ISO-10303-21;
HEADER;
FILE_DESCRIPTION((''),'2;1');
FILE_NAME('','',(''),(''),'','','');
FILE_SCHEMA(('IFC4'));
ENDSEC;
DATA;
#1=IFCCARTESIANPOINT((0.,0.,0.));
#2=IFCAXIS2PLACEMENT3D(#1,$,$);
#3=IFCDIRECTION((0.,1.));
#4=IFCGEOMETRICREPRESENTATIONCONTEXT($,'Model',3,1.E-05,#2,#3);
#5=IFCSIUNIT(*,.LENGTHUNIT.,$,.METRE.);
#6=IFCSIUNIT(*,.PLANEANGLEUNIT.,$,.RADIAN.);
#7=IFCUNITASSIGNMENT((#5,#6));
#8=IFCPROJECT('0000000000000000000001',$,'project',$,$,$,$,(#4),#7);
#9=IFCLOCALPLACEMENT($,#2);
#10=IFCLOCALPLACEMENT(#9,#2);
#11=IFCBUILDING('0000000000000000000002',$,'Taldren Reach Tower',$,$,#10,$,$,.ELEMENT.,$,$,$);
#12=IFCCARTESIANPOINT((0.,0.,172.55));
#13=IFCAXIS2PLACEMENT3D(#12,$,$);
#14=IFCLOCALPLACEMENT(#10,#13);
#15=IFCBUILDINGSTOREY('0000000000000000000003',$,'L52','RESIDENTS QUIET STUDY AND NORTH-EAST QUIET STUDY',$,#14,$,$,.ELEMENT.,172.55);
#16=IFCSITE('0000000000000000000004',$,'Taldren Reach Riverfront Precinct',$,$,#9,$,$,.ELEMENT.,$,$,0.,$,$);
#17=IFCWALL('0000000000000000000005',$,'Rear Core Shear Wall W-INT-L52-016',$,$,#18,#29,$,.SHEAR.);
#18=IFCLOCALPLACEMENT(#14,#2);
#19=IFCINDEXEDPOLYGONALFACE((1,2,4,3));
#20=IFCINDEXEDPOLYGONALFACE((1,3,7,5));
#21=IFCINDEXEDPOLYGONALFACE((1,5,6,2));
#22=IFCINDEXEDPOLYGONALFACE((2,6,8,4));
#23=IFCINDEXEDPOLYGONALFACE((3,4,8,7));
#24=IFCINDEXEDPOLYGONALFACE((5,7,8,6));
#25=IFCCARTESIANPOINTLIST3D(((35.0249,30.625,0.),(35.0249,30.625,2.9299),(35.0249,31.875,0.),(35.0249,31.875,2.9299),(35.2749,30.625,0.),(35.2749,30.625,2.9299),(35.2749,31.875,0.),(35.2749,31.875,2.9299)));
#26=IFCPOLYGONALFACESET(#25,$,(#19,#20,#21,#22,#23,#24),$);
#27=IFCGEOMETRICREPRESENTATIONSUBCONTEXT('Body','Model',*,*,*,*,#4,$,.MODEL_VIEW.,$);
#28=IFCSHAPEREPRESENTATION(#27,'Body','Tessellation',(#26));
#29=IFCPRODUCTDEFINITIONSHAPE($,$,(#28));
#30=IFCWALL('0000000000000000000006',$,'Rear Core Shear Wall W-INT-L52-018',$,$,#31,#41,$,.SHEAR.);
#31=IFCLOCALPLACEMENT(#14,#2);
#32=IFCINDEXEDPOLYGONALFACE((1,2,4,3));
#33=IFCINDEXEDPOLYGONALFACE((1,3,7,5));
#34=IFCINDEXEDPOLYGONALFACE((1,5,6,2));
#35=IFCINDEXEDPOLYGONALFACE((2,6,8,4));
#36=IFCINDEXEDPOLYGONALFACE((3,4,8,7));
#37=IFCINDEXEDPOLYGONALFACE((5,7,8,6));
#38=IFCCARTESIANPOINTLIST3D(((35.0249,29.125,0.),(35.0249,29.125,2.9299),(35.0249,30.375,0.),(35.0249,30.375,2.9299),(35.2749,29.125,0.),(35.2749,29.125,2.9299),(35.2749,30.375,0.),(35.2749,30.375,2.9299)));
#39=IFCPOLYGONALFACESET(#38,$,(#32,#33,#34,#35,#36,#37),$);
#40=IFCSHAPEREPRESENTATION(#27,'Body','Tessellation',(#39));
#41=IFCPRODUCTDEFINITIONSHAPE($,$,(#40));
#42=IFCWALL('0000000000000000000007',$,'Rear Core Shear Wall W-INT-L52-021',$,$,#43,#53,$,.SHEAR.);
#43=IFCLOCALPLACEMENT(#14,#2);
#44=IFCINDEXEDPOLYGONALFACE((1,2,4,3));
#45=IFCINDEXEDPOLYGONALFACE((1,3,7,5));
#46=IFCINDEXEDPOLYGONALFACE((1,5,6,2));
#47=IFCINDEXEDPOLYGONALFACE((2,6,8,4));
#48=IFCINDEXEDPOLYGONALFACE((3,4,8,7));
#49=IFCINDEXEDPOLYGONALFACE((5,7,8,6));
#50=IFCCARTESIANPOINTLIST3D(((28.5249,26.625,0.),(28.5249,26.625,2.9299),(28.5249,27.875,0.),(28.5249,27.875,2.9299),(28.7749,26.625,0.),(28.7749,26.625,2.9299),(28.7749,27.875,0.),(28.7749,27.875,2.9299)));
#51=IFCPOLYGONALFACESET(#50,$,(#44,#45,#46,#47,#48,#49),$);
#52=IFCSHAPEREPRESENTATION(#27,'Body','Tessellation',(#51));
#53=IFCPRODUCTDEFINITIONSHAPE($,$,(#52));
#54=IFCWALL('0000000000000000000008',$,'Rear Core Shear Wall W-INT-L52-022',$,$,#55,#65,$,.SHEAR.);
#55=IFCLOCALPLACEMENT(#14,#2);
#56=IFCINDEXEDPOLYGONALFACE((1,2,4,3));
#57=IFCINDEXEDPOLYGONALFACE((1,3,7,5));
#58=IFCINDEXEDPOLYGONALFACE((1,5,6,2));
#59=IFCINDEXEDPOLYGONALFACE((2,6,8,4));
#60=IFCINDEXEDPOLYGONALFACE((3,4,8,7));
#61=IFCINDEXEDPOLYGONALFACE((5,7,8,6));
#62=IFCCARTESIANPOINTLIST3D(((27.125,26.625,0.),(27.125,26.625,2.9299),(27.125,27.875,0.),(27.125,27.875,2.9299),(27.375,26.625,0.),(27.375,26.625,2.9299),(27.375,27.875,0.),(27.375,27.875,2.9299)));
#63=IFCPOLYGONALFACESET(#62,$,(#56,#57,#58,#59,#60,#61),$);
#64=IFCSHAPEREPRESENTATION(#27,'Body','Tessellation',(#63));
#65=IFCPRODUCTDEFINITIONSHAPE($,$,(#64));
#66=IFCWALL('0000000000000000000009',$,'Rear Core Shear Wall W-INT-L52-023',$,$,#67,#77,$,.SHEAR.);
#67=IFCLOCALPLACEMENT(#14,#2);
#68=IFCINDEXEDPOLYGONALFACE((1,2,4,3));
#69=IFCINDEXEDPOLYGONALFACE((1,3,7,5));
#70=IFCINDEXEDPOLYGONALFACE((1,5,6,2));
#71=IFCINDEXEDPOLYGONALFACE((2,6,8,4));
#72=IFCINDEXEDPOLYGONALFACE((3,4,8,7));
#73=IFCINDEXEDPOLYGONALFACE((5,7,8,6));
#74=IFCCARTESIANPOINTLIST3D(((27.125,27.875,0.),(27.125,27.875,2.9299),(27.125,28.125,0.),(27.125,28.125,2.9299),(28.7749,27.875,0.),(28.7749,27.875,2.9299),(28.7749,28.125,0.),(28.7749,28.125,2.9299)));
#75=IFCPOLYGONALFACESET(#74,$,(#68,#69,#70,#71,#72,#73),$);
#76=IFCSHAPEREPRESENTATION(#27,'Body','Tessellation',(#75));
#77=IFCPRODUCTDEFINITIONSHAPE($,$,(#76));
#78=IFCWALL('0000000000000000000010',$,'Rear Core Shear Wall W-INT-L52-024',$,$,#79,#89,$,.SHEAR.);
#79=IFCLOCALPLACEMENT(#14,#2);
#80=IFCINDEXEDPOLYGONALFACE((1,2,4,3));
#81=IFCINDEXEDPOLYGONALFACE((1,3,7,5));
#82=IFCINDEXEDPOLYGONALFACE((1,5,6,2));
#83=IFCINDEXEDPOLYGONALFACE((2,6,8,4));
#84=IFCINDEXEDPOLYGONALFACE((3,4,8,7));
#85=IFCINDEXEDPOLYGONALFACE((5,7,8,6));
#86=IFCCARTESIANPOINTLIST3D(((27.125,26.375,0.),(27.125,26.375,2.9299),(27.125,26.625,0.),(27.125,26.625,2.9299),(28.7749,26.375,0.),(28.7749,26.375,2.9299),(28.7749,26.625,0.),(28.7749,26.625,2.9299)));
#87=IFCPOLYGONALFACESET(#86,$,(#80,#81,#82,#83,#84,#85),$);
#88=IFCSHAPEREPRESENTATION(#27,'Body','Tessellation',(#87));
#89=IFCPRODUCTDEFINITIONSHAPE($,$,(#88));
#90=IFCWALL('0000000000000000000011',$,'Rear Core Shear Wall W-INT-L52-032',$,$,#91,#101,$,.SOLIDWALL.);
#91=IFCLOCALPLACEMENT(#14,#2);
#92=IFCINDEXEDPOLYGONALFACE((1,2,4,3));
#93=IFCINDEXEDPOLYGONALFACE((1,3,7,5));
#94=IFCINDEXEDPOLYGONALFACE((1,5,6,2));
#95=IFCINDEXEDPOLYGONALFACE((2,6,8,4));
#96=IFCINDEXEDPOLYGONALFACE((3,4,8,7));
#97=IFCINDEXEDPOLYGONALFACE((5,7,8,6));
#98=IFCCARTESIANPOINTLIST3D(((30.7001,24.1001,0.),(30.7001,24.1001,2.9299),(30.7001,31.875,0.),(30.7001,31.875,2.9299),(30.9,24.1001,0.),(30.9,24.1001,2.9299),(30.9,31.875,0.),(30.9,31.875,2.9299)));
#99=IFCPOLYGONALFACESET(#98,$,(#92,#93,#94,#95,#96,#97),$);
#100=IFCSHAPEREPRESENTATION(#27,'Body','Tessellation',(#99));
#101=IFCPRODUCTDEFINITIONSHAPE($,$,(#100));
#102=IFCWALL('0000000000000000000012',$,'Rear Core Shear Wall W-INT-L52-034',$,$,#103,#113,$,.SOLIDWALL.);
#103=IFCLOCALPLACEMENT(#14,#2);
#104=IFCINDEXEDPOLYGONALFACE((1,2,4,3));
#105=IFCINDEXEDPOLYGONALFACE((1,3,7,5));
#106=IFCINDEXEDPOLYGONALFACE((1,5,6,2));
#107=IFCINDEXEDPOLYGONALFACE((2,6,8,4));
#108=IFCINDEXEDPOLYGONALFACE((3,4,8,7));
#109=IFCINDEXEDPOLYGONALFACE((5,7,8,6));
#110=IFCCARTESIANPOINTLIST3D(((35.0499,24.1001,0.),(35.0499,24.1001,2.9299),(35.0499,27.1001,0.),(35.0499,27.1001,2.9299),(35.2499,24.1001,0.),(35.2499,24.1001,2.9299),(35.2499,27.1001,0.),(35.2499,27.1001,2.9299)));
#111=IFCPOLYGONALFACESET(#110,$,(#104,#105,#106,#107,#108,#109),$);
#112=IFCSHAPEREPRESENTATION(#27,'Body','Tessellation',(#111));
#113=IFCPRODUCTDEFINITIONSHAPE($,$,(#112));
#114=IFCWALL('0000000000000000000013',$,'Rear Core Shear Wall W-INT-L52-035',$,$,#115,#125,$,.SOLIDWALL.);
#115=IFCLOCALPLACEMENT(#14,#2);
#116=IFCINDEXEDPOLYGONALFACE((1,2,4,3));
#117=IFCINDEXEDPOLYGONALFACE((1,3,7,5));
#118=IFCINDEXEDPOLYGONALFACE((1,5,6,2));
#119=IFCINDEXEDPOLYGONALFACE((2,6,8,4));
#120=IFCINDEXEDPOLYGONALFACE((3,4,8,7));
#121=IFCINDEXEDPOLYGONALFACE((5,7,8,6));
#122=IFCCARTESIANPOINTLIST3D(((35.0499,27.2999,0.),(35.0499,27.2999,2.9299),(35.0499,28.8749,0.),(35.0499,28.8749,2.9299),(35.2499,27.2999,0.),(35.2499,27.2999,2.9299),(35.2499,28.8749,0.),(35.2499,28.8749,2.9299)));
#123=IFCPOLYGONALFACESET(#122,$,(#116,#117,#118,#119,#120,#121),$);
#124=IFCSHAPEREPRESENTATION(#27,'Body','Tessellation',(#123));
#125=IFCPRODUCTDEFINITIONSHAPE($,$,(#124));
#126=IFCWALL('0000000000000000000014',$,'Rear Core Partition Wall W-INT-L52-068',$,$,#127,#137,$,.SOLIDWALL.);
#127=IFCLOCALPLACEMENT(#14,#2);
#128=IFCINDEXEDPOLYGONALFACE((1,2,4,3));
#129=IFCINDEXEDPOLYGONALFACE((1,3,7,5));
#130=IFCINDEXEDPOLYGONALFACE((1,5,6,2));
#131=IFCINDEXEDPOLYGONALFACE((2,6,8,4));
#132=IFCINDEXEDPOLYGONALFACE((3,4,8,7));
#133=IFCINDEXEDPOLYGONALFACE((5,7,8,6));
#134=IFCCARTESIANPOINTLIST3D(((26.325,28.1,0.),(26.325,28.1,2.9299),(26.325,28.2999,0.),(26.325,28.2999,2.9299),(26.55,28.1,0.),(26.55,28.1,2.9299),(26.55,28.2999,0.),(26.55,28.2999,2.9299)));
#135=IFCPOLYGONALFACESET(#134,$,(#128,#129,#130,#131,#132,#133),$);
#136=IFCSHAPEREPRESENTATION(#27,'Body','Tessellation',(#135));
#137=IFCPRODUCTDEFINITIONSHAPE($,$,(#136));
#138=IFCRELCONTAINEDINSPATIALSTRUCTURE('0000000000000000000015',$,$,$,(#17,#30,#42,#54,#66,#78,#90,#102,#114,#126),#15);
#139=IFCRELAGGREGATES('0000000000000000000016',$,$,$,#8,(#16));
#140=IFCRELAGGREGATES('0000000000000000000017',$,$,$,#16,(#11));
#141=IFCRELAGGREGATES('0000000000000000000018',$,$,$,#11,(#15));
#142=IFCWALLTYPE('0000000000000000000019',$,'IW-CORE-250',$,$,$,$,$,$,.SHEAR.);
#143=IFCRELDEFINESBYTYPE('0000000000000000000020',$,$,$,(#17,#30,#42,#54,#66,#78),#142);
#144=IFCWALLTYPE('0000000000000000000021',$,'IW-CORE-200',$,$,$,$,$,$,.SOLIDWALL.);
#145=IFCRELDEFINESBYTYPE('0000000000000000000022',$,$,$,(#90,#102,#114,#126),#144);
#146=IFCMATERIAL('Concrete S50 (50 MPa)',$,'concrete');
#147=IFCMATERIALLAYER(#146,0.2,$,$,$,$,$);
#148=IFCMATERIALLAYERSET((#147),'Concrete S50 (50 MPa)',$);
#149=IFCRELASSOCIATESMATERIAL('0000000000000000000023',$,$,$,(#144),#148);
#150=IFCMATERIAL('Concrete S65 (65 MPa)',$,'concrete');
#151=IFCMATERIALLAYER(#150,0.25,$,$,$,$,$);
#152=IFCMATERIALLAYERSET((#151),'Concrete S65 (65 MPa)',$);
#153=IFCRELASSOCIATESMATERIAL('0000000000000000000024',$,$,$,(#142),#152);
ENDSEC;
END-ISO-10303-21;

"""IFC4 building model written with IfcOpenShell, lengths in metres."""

from ifc_helpers import new_model, si_unit, direction, frame, frame_2d, origin, place, context, subcontext, project, spatial, rectangle, extrude, source, transform, mapped, material, layer, layer_set, type_object, element, save


model = new_model("IFC4")

# Units and contexts
model_context = context("Model", 3, precision=1e-05, world=origin(), true_north=direction((0.0, 1.0)))
body_context = subcontext(model_context, "Body", "Model", "MODEL_VIEW")
ifc_project = project(units=[si_unit("LENGTHUNIT", "METRE"), si_unit("PLANEANGLEUNIT", "RADIAN")], contexts=[model_context])

# Site, building, storey
site_placement = place(None, origin())
site = spatial("IfcSite", under=ifc_project, at=site_placement, Name="Taldren Reach Riverfront Precinct", CompositionType="ELEMENT", RefElevation=0.0)
building_placement = place(site_placement, origin())
building = spatial("IfcBuilding", under=site, at=building_placement, Name="Taldren Reach Tower", CompositionType="ELEMENT")
storey_placement = place(building_placement, frame((0.0, 0.0, 172.55)))
storey = spatial("IfcBuildingStorey", under=building, at=storey_placement, Name="L52", Description="RESIDENTS QUIET STUDY AND NORTH-EAST QUIET STUDY", CompositionType="ELEMENT", Elevation=172.55)

# Shared definitions
ifc_material_1 = material(Name="Concrete S50 (50 MPa)", Category="concrete")
ifc_layer_1 = layer(ifc_material_1, 0.2)
ifc_layer_set_1 = layer_set([ifc_layer_1], Name="Concrete S50 (50 MPa)")
wall_type_1 = type_object("IfcWallType", Name="IW-CORE-200", PredefinedType="SOLIDWALL", material=ifc_layer_set_1)

# Shared definitions
ifc_material_2 = material(Name="Concrete S65 (65 MPa)", Category="concrete")
ifc_layer_2 = layer(ifc_material_2, 0.25)
ifc_layer_set_2 = layer_set([ifc_layer_2], Name="Concrete S65 (65 MPa)")
wall_type_2 = type_object("IfcWallType", Name="IW-CORE-250", PredefinedType="SHEAR", material=ifc_layer_set_2)

# Walls
shared_shape_1 = source(origin(), body_context, "Body", "SweptSolid", [
    extrude(rectangle(XDim=1.25, YDim=0.25, at=frame_2d((0.625, 0.0))), origin(), (0.0, 0.0, 1.0), 2.9299),
])
for number, where, z_axis, x_axis, name in (
    (1, (35.1499, 31.875, 0.0), (0.0, 0.0, 1.0), (0.0, -1.0, 0.0), "Rear Core Shear Wall W-INT-L52-016"),
    (2, (35.1499, 30.375, 0.0), (0.0, 0.0, 1.0), (0.0, -1.0, 0.0), "Rear Core Shear Wall W-INT-L52-018"),
    (3, (28.6499, 26.625, 0.0), (0.0, 0.0, 1.0), (0.0, 1.0, 0.0), "Rear Core Shear Wall W-INT-L52-021"),
    (4, (27.25, 27.875, 0.0), (0.0, 0.0, 1.0), (0.0, -1.0, 0.0), "Rear Core Shear Wall W-INT-L52-022"),
):
    element("IfcWall", number, at=place(storey_placement, frame(where, z_axis=z_axis, x_axis=x_axis)), inside=storey, type_object=wall_type_2, Name=name, PredefinedType="SHEAR", context=body_context, shape_type="MappedRepresentation", body=[
        mapped(shared_shape_1, transform((0.0, 0.0, 0.0), scale=1.0)),
    ])
shared_shape_2 = source(origin(), body_context, "Body", "SweptSolid", [
    extrude(rectangle(XDim=1.6499, YDim=0.25, at=frame_2d((0.825, 0.0))), origin(), (0.0, 0.0, 1.0), 2.9299),
])
for number, where, z_axis, x_axis, name in (
    (5, (28.7749, 28.0, 0.0), (0.0, 0.0, 1.0), (-1.0, 0.0, 0.0), "Rear Core Shear Wall W-INT-L52-023"),
    (6, (27.125, 26.5, 0.0), (0.0, 0.0, 1.0), (1.0, 0.0, 0.0), "Rear Core Shear Wall W-INT-L52-024"),
):
    element("IfcWall", number, at=place(storey_placement, frame(where, z_axis=z_axis, x_axis=x_axis)), inside=storey, type_object=wall_type_2, Name=name, PredefinedType="SHEAR", context=body_context, shape_type="MappedRepresentation", body=[
        mapped(shared_shape_2, transform((0.0, 0.0, 0.0), scale=1.0)),
    ])
shared_shape_3 = source(origin(), body_context, "Body", "SweptSolid", [
    extrude(rectangle(XDim=7.7749, YDim=0.2, at=frame_2d((3.8875, 0.0))), origin(), (0.0, 0.0, 1.0), 2.9299),
])
wall_1_placement = place(storey_placement, frame((30.8, 31.875, 0.0), z_axis=(0.0, 0.0, 1.0), x_axis=(0.0, -1.0, 0.0)))
element("IfcWall", 7, at=wall_1_placement, inside=storey, type_object=wall_type_1, Name="Rear Core Shear Wall W-INT-L52-032", PredefinedType="SOLIDWALL", context=body_context, shape_type="MappedRepresentation", body=[
    mapped(shared_shape_3, transform((0.0, 0.0, 0.0), scale=1.0)),
])
shared_shape_4 = source(origin(), body_context, "Body", "SweptSolid", [
    extrude(rectangle(XDim=3.0, YDim=0.2, at=frame_2d((1.5, 0.0))), origin(), (0.0, 0.0, 1.0), 2.9299),
])
wall_2_placement = place(storey_placement, frame((35.1499, 27.1001, 0.0), z_axis=(0.0, 0.0, 1.0), x_axis=(0.0, -1.0, 0.0)))
element("IfcWall", 8, at=wall_2_placement, inside=storey, type_object=wall_type_1, Name="Rear Core Shear Wall W-INT-L52-034", PredefinedType="SOLIDWALL", context=body_context, shape_type="MappedRepresentation", body=[
    mapped(shared_shape_4, transform((0.0, 0.0, 0.0), scale=1.0)),
])
shared_shape_5 = source(origin(), body_context, "Body", "SweptSolid", [
    extrude(rectangle(XDim=1.575, YDim=0.2, at=frame_2d((0.7876, 0.0))), origin(), (0.0, 0.0, 1.0), 2.9299),
])
wall_3_placement = place(storey_placement, frame((35.1499, 28.875, 0.0), z_axis=(0.0, 0.0, 1.0), x_axis=(0.0, -1.0, 0.0)))
element("IfcWall", 9, at=wall_3_placement, inside=storey, type_object=wall_type_1, Name="Rear Core Shear Wall W-INT-L52-035", PredefinedType="SOLIDWALL", context=body_context, shape_type="MappedRepresentation", body=[
    mapped(shared_shape_5, transform((0.0, 0.0, 0.0), scale=1.0)),
])
shared_shape_6 = source(origin(), body_context, "Body", "SweptSolid", [
    extrude(rectangle(XDim=0.2251, YDim=0.2, at=frame_2d((0.1125, 0.0))), origin(), (0.0, 0.0, 1.0), 2.9299),
])
wall_4_placement = place(storey_placement, frame((26.325, 28.2, 0.0), z_axis=(0.0, 0.0, 1.0), x_axis=(1.0, 0.0, 0.0)))
element("IfcWall", 10, at=wall_4_placement, inside=storey, type_object=wall_type_1, Name="Rear Core Partition Wall W-INT-L52-068", PredefinedType="SOLIDWALL", context=body_context, shape_type="MappedRepresentation", body=[
    mapped(shared_shape_6, transform((0.0, 0.0, 0.0), scale=1.0)),
])

save(model, "model.ifc")
